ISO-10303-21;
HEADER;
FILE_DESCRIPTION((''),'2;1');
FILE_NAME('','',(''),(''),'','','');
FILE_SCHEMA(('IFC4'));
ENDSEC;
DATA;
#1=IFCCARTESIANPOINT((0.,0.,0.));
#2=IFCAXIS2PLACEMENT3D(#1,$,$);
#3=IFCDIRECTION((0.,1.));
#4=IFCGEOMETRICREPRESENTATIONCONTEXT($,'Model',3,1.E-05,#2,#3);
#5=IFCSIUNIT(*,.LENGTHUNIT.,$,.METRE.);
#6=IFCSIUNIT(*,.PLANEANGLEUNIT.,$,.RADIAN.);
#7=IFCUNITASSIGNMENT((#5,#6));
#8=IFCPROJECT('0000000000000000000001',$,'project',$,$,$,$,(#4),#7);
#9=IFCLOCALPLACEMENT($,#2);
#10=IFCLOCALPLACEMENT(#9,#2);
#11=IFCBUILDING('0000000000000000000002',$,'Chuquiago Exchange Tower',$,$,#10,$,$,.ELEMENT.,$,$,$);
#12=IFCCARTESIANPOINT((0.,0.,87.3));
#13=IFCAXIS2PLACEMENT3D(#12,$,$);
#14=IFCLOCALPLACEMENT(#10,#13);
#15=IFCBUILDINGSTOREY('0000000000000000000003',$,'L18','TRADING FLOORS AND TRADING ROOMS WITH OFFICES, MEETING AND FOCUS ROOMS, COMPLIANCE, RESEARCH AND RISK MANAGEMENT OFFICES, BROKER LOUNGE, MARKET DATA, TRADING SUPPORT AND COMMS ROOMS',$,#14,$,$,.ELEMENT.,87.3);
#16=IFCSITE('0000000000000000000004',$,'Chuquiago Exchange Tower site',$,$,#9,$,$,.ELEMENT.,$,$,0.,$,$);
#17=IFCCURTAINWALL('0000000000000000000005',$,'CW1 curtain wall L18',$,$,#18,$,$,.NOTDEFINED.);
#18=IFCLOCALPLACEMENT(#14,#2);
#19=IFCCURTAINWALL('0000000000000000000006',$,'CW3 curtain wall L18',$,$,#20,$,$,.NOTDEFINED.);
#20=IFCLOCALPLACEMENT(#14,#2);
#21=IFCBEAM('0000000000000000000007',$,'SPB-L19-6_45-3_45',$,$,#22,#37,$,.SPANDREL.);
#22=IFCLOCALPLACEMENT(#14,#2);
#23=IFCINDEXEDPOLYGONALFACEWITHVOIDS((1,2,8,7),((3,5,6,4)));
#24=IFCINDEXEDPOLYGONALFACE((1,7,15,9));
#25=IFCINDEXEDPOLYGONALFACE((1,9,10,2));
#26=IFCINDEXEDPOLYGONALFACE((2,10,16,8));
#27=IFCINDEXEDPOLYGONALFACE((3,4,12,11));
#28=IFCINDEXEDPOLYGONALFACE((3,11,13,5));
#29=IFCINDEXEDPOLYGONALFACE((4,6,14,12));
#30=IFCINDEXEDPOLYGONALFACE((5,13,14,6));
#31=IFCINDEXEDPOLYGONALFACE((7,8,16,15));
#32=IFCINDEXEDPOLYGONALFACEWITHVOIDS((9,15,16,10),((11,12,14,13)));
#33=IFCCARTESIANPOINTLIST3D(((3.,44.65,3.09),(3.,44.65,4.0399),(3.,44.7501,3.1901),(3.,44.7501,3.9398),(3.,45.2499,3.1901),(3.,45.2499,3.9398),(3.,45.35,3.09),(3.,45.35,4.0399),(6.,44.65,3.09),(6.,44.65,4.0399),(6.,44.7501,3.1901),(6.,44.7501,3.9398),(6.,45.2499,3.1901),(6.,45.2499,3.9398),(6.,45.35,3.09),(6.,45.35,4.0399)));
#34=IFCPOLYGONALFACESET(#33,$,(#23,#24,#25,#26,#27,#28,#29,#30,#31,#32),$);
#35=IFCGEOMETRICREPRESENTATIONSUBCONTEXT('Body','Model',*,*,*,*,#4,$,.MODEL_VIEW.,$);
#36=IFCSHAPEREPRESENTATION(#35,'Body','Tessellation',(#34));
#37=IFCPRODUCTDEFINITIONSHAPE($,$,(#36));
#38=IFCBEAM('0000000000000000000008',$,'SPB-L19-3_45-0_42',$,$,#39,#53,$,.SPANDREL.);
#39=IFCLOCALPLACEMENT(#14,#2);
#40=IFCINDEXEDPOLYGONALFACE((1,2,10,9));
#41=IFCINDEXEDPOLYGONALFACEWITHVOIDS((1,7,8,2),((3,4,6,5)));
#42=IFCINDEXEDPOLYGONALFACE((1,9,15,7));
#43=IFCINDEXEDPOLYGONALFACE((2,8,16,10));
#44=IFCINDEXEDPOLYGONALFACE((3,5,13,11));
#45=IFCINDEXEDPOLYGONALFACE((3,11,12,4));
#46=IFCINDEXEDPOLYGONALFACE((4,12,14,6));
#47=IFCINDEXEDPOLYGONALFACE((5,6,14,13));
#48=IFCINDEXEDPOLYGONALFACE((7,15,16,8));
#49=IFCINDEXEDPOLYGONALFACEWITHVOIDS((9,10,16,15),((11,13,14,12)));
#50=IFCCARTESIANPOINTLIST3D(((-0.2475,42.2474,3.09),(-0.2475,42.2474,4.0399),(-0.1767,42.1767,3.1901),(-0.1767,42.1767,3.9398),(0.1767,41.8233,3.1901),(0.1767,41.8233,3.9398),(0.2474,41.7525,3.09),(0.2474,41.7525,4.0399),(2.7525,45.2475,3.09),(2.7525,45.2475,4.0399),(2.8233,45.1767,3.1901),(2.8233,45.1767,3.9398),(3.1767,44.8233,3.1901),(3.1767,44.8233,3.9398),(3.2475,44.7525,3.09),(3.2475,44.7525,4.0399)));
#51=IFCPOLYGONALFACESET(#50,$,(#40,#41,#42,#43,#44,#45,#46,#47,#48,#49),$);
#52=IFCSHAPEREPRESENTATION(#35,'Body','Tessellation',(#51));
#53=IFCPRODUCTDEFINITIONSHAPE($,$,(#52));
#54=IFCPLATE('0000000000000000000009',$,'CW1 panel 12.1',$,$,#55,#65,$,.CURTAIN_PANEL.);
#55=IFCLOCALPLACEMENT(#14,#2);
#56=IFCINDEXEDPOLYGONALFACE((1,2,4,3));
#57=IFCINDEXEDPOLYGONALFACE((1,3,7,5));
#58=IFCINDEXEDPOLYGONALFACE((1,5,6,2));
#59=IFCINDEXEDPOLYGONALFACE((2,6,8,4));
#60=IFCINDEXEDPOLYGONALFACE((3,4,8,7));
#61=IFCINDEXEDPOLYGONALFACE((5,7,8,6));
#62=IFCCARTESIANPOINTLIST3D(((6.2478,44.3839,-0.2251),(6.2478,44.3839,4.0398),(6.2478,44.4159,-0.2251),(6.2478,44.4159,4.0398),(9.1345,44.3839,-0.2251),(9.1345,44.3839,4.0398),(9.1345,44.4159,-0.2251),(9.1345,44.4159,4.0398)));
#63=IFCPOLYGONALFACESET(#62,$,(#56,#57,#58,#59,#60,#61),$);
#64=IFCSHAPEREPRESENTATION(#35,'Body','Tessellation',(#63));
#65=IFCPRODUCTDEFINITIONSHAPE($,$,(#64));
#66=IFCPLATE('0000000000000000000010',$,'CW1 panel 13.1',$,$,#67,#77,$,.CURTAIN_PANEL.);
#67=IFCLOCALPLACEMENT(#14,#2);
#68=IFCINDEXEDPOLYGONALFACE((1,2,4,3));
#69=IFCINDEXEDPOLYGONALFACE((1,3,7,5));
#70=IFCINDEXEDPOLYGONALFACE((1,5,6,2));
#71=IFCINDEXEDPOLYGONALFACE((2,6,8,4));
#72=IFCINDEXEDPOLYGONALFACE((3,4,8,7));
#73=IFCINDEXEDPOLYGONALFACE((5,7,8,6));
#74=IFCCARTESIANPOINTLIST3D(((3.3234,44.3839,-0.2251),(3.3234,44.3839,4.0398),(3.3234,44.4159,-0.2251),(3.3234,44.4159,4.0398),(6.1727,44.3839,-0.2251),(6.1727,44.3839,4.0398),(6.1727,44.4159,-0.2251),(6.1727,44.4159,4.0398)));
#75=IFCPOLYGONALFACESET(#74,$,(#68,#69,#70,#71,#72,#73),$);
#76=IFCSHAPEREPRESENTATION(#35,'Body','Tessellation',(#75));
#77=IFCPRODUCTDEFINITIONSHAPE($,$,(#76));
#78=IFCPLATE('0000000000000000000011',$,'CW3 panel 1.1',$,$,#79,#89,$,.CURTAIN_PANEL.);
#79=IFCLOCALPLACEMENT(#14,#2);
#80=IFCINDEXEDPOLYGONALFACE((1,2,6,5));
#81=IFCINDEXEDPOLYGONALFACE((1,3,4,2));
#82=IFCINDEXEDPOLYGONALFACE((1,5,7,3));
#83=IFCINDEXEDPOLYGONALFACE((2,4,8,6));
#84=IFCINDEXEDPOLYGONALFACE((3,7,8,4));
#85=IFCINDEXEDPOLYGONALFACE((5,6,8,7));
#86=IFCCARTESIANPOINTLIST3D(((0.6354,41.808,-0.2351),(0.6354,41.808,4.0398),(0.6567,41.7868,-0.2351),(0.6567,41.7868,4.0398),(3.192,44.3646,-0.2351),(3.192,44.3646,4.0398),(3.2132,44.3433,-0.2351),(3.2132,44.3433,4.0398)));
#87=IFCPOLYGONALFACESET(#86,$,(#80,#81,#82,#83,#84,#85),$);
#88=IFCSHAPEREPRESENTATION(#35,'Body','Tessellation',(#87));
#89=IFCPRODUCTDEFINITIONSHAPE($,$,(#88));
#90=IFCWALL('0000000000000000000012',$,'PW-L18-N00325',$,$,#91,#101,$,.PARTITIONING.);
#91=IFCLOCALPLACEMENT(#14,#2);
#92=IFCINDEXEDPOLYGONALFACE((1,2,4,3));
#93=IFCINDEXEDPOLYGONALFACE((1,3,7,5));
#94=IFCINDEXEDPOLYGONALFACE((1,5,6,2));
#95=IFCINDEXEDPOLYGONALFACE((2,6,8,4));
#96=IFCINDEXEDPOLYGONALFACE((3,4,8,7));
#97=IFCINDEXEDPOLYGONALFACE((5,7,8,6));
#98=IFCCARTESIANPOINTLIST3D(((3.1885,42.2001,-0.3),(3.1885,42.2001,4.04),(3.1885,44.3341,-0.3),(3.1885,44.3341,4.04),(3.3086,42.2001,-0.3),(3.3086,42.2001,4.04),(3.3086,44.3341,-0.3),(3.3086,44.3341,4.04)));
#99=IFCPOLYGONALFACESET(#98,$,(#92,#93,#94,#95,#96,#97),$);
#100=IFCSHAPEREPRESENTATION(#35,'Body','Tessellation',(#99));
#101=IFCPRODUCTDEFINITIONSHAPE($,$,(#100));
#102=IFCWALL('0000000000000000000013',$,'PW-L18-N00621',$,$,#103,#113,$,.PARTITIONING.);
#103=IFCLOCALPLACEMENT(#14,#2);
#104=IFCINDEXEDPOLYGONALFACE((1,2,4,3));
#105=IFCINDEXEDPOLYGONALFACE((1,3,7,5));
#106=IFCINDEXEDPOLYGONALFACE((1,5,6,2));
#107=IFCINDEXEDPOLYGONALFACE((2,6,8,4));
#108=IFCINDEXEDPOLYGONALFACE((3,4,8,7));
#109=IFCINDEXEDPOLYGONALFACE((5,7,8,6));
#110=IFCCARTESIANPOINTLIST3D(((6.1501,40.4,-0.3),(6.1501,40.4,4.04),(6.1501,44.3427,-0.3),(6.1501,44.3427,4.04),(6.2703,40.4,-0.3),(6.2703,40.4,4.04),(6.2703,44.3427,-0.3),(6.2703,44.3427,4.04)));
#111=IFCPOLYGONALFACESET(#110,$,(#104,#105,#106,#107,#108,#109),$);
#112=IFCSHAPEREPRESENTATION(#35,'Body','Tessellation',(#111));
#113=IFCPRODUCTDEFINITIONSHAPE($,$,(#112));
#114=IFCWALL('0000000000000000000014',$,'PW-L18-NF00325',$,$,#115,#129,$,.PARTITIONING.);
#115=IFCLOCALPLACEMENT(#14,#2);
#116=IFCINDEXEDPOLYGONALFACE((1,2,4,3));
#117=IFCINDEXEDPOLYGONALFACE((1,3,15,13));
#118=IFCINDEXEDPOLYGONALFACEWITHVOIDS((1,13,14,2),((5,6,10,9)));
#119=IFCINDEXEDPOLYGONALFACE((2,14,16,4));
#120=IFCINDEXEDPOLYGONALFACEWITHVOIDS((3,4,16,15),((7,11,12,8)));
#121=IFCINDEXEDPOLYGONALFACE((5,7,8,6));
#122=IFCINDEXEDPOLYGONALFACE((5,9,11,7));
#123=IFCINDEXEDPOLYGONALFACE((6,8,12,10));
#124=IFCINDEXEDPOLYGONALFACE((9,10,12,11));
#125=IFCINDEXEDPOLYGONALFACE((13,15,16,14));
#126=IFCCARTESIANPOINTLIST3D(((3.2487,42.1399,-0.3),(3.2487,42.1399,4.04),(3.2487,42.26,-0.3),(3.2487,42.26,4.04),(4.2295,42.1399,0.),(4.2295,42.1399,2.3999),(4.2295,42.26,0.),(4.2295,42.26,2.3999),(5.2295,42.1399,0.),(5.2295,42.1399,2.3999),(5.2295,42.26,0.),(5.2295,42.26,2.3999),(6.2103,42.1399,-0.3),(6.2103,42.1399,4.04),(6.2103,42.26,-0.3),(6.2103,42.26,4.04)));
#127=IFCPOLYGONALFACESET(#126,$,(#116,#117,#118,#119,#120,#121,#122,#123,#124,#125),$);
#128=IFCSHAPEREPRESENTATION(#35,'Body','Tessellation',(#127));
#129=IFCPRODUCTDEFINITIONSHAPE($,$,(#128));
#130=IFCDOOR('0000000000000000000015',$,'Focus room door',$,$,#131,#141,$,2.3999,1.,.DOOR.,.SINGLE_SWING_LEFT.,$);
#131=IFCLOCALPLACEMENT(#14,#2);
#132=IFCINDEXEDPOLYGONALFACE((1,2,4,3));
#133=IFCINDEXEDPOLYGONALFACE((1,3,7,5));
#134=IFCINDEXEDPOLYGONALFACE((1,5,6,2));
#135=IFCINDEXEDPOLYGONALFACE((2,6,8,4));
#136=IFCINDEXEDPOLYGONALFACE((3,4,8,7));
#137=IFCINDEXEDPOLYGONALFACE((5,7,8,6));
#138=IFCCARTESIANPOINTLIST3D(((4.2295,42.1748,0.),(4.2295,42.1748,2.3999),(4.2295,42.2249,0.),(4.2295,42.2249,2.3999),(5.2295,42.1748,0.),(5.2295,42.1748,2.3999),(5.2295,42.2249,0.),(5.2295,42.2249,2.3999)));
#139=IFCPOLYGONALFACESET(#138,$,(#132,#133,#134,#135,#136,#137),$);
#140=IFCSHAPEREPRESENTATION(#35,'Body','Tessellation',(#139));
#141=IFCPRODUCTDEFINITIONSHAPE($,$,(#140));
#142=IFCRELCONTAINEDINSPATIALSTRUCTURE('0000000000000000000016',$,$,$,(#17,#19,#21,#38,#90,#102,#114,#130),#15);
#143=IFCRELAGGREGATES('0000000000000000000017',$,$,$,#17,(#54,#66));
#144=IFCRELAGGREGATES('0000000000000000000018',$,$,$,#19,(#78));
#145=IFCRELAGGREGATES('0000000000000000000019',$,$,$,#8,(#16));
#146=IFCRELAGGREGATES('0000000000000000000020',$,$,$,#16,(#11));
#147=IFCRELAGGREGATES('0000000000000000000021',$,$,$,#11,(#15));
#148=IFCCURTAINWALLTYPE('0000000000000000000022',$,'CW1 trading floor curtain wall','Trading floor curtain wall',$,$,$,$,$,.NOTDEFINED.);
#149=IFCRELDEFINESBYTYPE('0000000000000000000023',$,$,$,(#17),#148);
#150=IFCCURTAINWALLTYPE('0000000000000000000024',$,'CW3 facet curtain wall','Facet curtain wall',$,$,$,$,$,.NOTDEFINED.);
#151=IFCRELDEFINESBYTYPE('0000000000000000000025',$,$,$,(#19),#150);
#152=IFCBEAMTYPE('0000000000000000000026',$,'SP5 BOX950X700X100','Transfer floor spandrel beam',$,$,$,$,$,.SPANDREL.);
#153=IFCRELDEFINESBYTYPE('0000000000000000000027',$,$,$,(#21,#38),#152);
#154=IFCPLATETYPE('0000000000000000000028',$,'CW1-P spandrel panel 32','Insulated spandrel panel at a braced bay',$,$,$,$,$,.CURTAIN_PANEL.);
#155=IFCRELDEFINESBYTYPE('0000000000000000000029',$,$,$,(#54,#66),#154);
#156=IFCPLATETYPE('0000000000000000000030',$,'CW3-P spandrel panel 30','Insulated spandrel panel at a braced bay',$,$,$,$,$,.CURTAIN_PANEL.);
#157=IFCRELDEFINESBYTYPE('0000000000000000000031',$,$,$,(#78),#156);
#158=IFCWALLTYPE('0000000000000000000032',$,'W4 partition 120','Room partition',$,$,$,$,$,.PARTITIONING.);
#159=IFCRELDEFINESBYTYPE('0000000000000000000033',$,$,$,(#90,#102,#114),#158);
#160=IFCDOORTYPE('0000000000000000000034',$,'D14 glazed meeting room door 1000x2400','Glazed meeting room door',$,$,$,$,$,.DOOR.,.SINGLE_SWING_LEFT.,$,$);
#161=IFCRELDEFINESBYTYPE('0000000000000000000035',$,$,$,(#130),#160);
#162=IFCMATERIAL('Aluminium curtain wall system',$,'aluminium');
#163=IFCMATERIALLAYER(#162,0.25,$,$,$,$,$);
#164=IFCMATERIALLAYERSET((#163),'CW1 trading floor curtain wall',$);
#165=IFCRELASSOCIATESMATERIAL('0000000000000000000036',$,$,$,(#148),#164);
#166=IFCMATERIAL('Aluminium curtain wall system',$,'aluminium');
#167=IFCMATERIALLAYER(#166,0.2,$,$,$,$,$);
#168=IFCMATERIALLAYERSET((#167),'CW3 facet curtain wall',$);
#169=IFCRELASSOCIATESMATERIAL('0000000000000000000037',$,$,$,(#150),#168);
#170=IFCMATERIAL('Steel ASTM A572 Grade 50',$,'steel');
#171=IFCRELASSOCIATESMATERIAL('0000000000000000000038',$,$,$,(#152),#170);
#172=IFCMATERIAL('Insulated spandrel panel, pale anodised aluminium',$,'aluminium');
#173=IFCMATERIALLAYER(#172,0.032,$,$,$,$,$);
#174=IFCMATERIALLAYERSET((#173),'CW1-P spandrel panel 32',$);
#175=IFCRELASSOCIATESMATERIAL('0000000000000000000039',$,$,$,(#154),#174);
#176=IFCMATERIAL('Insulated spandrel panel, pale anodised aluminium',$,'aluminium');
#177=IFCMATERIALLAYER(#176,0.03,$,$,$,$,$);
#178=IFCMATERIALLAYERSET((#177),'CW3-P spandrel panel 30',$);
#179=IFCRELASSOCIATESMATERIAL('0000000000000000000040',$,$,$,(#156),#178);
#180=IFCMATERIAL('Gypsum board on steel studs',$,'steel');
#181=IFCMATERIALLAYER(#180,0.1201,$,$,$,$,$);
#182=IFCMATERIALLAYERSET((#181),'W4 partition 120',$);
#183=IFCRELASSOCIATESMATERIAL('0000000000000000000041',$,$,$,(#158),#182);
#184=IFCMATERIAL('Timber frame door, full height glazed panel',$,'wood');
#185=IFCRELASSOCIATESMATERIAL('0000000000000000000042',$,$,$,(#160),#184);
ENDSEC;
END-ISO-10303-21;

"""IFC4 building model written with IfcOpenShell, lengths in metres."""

from ifc_helpers import new_model, si_unit, direction, frame, frame_2d, origin, origin_2d, place, context, subcontext, project, spatial, rectangle, hollow_rectangle, extrude, material, layer, layer_set, material_profile, profile_set, type_object, element, fill, aggregate, save


model = new_model("IFC4")

# Units and contexts
model_context = context("Model", 3, precision=1e-05, world=origin(), true_north=direction((0.0, 1.0)))
body_context = subcontext(model_context, "Body", "Model", "MODEL_VIEW")
ifc_project = project(units=[si_unit("LENGTHUNIT", "METRE"), si_unit("PLANEANGLEUNIT", "RADIAN")], contexts=[model_context])

# Site, building, storey
site_placement = place(None, origin())
site = spatial("IfcSite", under=ifc_project, at=site_placement, Name="Chuquiago Exchange Tower site", CompositionType="ELEMENT", RefElevation=0.0)
building_placement = place(site_placement, origin())
building = spatial("IfcBuilding", under=site, at=building_placement, Name="Chuquiago Exchange Tower", CompositionType="ELEMENT")
storey_placement = place(building_placement, frame((0.0, 0.0, 87.3)))
storey = spatial("IfcBuildingStorey", under=building, at=storey_placement, Name="L18", Description="TRADING FLOORS AND TRADING ROOMS WITH OFFICES, MEETING AND FOCUS ROOMS, COMPLIANCE, RESEARCH AND RISK MANAGEMENT OFFICES, BROKER LOUNGE, MARKET DATA, TRADING SUPPORT AND COMMS ROOMS", CompositionType="ELEMENT", Elevation=87.3)

# Curtain walls
ifc_material_1 = material(Name="Aluminium curtain wall system", Category="aluminium")
ifc_layer_1 = layer(ifc_material_1, 0.25)
ifc_layer_set_1 = layer_set([ifc_layer_1], Name="CW1 trading floor curtain wall")
curtain_wall_type_1 = type_object("IfcCurtainWallType", Name="CW1 trading floor curtain wall", Description="Trading floor curtain wall", PredefinedType="NOTDEFINED", material=ifc_layer_set_1)
curtain_wall_1_placement = place(storey_placement, origin())
curtain_wall_1 = element("IfcCurtainWall", 1, at=curtain_wall_1_placement, inside=storey, type_object=curtain_wall_type_1, Name="CW1 curtain wall L18", PredefinedType="NOTDEFINED")
ifc_material_2 = material(Name="Aluminium curtain wall system", Category="aluminium")
ifc_layer_2 = layer(ifc_material_2, 0.2)
ifc_layer_set_2 = layer_set([ifc_layer_2], Name="CW3 facet curtain wall")
curtain_wall_type_2 = type_object("IfcCurtainWallType", Name="CW3 facet curtain wall", Description="Facet curtain wall", PredefinedType="NOTDEFINED", material=ifc_layer_set_2)
curtain_wall_2_placement = place(storey_placement, origin())
curtain_wall_2 = element("IfcCurtainWall", 2, at=curtain_wall_2_placement, inside=storey, type_object=curtain_wall_type_2, Name="CW3 curtain wall L18", PredefinedType="NOTDEFINED")

# Beams
ifc_material_3 = material(Name="Steel ASTM A572 Grade 50", Category="steel")
ifc_material_profile_1 = material_profile(ifc_material_3, hollow_rectangle(XDim=0.7, YDim=0.95, WallThickness=0.1001, at=origin_2d()), Name="BOX950X700X100")
ifc_profile_set_1 = profile_set([ifc_material_profile_1], Name="Steel ASTM A572 Grade 50")
beam_type = type_object("IfcBeamType", Name="SP5 BOX950X700X100", Description="Transfer floor spandrel beam", PredefinedType="SPANDREL", material=ifc_profile_set_1)
beam_1_placement = place(storey_placement, frame((6.0, 45.0, 3.5649), z_axis=(-1.0, 0.0, 0.0), x_axis=(0.0, -1.0, 0.0)))
element("IfcBeam", 3, at=beam_1_placement, inside=storey, type_object=beam_type, Name="SPB-L19-6_45-3_45", PredefinedType="SPANDREL", context=body_context, shape_type="SweptSolid", body=[
    extrude(hollow_rectangle(XDim=0.7, YDim=0.95, WallThickness=0.1001, at=origin_2d()), origin(), (0.0, 0.0, 1.0), 3.0),
])
beam_2_placement = place(storey_placement, frame((3.0, 45.0, 3.5649), z_axis=(-0.707107, -0.707107, 0.0), x_axis=(0.707107, -0.707107, 0.0)))
element("IfcBeam", 4, at=beam_2_placement, inside=storey, type_object=beam_type, Name="SPB-L19-3_45-0_42", PredefinedType="SPANDREL", context=body_context, shape_type="SweptSolid", body=[
    extrude(hollow_rectangle(XDim=0.7, YDim=0.95, WallThickness=0.1001, at=origin_2d()), origin(), (0.0, 0.0, 1.0), 4.2427),
])

# Plates
ifc_material_4 = material(Name="Insulated spandrel panel, pale anodised aluminium", Category="aluminium")
ifc_layer_3 = layer(ifc_material_4, 0.032)
ifc_layer_set_3 = layer_set([ifc_layer_3], Name="CW1-P spandrel panel 32")
plate_type_1 = type_object("IfcPlateType", Name="CW1-P spandrel panel 32", Description="Insulated spandrel panel at a braced bay", PredefinedType="CURTAIN_PANEL", material=ifc_layer_set_3)
plate_1_placement = place(storey_placement, frame((7.6912, 44.3999, -0.2251), z_axis=(0.0, 0.0, 1.0), x_axis=(-1.0, 0.0, 0.0)))
plate_1 = element("IfcPlate", 5, at=plate_1_placement, type_object=plate_type_1, Name="CW1 panel 12.1", PredefinedType="CURTAIN_PANEL", context=body_context, shape_type="SweptSolid", body=[
    extrude(rectangle(XDim=2.8867, YDim=0.032, at=origin_2d()), origin(), (0.0, 0.0, 1.0), 4.2649),
])
plate_2_placement = place(storey_placement, frame((4.748, 44.3999, -0.2251), z_axis=(0.0, 0.0, 1.0), x_axis=(-1.0, 0.0, 0.0)))
plate_2 = element("IfcPlate", 6, at=plate_2_placement, type_object=plate_type_1, Name="CW1 panel 13.1", PredefinedType="CURTAIN_PANEL", context=body_context, shape_type="SweptSolid", body=[
    extrude(rectangle(XDim=2.8494, YDim=0.032, at=origin_2d()), origin(), (0.0, 0.0, 1.0), 4.2649),
])
aggregate(curtain_wall_1, [plate_1, plate_2])
ifc_material_5 = material(Name="Insulated spandrel panel, pale anodised aluminium", Category="aluminium")
ifc_layer_4 = layer(ifc_material_5, 0.03)
ifc_layer_set_4 = layer_set([ifc_layer_4], Name="CW3-P spandrel panel 30")
plate_type_2 = type_object("IfcPlateType", Name="CW3-P spandrel panel 30", Description="Insulated spandrel panel at a braced bay", PredefinedType="CURTAIN_PANEL", material=ifc_layer_set_4)
plate_3_placement = place(storey_placement, frame((1.9243, 43.0757, -0.2351), z_axis=(0.0, 0.0, 1.0), x_axis=(-0.707107, -0.707107, 0.0)))
plate_3 = element("IfcPlate", 7, at=plate_3_placement, type_object=plate_type_2, Name="CW3 panel 1.1", PredefinedType="CURTAIN_PANEL", context=body_context, shape_type="SweptSolid", body=[
    extrude(rectangle(XDim=3.6155, YDim=0.03, at=origin_2d()), origin(), (0.0, 0.0, 1.0), 4.2749),
])
aggregate(curtain_wall_2, [plate_3])

# Walls
ifc_material_6 = material(Name="Gypsum board on steel studs", Category="steel")
ifc_layer_5 = layer(ifc_material_6, 0.1201)
ifc_layer_set_5 = layer_set([ifc_layer_5], Name="W4 partition 120")
wall_type = type_object("IfcWallType", Name="W4 partition 120", Description="Room partition", PredefinedType="PARTITIONING", material=ifc_layer_set_5)
wall_1_placement = place(storey_placement, frame((3.2485, 44.334, -0.3), z_axis=(0.0, 0.0, 1.0), x_axis=(0.0, -1.0, 0.0)))
element("IfcWall", 8, at=wall_1_placement, inside=storey, type_object=wall_type, Name="PW-L18-N00325", PredefinedType="PARTITIONING", context=body_context, shape_type="SweptSolid", body=[
    extrude(rectangle(XDim=2.134, YDim=0.1201, at=frame_2d((1.0669, 0.0))), origin(), (0.0, 0.0, 1.0), 4.3401),
])
wall_2_placement = place(storey_placement, frame((6.2102, 44.3425, -0.3), z_axis=(0.0, 0.0, 1.0), x_axis=(0.0, -1.0, 0.0)))
element("IfcWall", 9, at=wall_2_placement, inside=storey, type_object=wall_type, Name="PW-L18-N00621", PredefinedType="PARTITIONING", context=body_context, shape_type="SweptSolid", body=[
    extrude(rectangle(XDim=3.9426, YDim=0.1201, at=frame_2d((1.9712, 0.0))), origin(), (0.0, 0.0, 1.0), 4.3401),
])

# Wall, opening, door
wall_3_placement = place(storey_placement, frame((3.2485, 42.2, -0.3), z_axis=(0.0, 0.0, 1.0), x_axis=(1.0, 0.0, 0.0)))
wall_3 = element("IfcWall", 10, at=wall_3_placement, inside=storey, type_object=wall_type, Name="PW-L18-NF00325", PredefinedType="PARTITIONING", context=body_context, shape_type="SweptSolid", body=[
    extrude(rectangle(XDim=2.9617, YDim=0.1201, at=frame_2d((1.481, 0.0))), origin(), (0.0, 0.0, 1.0), 4.3401),
])
opening_placement = place(wall_3_placement, frame((0.981, 0.0, 0.3)))
opening = element("IfcOpeningElement", 11, at=opening_placement, cuts=wall_3, PredefinedType="OPENING", context=body_context, shape_type="SweptSolid", body=[
    extrude(rectangle(XDim=1.0, YDim=2.3999, at=frame_2d((0.5, 1.2))), frame((0.0, 0.0701, 0.0), z_axis=(0.0, -1.0, 0.0), x_axis=(1.0, 0.0, 0.0)), (0.0, 0.0, 1.0), 0.1401),
])
ifc_material_7 = material(Name="Timber frame door, full height glazed panel", Category="wood")
door_type = type_object("IfcDoorType", Name="D14 glazed meeting room door 1000x2400", Description="Glazed meeting room door", OperationType="SINGLE_SWING_LEFT", PredefinedType="DOOR", material=ifc_material_7)
door_placement = place(opening_placement, origin())
door = element("IfcDoor", 12, at=door_placement, inside=storey, type_object=door_type, Name="Focus room door", OperationType="SINGLE_SWING_LEFT", OverallHeight=2.3999, OverallWidth=1.0, PredefinedType="DOOR", context=body_context, shape_type="SweptSolid", body=[
    extrude(rectangle(XDim=1.0, YDim=2.3999, at=frame_2d((0.5, 1.2))), frame((0.0, 0.0249, 0.0), z_axis=(0.0, -1.0, 0.0), x_axis=(1.0, 0.0, 0.0)), (0.0, 0.0, 1.0), 0.05),
])
fill(opening, door)

save(model, "model.ifc")
